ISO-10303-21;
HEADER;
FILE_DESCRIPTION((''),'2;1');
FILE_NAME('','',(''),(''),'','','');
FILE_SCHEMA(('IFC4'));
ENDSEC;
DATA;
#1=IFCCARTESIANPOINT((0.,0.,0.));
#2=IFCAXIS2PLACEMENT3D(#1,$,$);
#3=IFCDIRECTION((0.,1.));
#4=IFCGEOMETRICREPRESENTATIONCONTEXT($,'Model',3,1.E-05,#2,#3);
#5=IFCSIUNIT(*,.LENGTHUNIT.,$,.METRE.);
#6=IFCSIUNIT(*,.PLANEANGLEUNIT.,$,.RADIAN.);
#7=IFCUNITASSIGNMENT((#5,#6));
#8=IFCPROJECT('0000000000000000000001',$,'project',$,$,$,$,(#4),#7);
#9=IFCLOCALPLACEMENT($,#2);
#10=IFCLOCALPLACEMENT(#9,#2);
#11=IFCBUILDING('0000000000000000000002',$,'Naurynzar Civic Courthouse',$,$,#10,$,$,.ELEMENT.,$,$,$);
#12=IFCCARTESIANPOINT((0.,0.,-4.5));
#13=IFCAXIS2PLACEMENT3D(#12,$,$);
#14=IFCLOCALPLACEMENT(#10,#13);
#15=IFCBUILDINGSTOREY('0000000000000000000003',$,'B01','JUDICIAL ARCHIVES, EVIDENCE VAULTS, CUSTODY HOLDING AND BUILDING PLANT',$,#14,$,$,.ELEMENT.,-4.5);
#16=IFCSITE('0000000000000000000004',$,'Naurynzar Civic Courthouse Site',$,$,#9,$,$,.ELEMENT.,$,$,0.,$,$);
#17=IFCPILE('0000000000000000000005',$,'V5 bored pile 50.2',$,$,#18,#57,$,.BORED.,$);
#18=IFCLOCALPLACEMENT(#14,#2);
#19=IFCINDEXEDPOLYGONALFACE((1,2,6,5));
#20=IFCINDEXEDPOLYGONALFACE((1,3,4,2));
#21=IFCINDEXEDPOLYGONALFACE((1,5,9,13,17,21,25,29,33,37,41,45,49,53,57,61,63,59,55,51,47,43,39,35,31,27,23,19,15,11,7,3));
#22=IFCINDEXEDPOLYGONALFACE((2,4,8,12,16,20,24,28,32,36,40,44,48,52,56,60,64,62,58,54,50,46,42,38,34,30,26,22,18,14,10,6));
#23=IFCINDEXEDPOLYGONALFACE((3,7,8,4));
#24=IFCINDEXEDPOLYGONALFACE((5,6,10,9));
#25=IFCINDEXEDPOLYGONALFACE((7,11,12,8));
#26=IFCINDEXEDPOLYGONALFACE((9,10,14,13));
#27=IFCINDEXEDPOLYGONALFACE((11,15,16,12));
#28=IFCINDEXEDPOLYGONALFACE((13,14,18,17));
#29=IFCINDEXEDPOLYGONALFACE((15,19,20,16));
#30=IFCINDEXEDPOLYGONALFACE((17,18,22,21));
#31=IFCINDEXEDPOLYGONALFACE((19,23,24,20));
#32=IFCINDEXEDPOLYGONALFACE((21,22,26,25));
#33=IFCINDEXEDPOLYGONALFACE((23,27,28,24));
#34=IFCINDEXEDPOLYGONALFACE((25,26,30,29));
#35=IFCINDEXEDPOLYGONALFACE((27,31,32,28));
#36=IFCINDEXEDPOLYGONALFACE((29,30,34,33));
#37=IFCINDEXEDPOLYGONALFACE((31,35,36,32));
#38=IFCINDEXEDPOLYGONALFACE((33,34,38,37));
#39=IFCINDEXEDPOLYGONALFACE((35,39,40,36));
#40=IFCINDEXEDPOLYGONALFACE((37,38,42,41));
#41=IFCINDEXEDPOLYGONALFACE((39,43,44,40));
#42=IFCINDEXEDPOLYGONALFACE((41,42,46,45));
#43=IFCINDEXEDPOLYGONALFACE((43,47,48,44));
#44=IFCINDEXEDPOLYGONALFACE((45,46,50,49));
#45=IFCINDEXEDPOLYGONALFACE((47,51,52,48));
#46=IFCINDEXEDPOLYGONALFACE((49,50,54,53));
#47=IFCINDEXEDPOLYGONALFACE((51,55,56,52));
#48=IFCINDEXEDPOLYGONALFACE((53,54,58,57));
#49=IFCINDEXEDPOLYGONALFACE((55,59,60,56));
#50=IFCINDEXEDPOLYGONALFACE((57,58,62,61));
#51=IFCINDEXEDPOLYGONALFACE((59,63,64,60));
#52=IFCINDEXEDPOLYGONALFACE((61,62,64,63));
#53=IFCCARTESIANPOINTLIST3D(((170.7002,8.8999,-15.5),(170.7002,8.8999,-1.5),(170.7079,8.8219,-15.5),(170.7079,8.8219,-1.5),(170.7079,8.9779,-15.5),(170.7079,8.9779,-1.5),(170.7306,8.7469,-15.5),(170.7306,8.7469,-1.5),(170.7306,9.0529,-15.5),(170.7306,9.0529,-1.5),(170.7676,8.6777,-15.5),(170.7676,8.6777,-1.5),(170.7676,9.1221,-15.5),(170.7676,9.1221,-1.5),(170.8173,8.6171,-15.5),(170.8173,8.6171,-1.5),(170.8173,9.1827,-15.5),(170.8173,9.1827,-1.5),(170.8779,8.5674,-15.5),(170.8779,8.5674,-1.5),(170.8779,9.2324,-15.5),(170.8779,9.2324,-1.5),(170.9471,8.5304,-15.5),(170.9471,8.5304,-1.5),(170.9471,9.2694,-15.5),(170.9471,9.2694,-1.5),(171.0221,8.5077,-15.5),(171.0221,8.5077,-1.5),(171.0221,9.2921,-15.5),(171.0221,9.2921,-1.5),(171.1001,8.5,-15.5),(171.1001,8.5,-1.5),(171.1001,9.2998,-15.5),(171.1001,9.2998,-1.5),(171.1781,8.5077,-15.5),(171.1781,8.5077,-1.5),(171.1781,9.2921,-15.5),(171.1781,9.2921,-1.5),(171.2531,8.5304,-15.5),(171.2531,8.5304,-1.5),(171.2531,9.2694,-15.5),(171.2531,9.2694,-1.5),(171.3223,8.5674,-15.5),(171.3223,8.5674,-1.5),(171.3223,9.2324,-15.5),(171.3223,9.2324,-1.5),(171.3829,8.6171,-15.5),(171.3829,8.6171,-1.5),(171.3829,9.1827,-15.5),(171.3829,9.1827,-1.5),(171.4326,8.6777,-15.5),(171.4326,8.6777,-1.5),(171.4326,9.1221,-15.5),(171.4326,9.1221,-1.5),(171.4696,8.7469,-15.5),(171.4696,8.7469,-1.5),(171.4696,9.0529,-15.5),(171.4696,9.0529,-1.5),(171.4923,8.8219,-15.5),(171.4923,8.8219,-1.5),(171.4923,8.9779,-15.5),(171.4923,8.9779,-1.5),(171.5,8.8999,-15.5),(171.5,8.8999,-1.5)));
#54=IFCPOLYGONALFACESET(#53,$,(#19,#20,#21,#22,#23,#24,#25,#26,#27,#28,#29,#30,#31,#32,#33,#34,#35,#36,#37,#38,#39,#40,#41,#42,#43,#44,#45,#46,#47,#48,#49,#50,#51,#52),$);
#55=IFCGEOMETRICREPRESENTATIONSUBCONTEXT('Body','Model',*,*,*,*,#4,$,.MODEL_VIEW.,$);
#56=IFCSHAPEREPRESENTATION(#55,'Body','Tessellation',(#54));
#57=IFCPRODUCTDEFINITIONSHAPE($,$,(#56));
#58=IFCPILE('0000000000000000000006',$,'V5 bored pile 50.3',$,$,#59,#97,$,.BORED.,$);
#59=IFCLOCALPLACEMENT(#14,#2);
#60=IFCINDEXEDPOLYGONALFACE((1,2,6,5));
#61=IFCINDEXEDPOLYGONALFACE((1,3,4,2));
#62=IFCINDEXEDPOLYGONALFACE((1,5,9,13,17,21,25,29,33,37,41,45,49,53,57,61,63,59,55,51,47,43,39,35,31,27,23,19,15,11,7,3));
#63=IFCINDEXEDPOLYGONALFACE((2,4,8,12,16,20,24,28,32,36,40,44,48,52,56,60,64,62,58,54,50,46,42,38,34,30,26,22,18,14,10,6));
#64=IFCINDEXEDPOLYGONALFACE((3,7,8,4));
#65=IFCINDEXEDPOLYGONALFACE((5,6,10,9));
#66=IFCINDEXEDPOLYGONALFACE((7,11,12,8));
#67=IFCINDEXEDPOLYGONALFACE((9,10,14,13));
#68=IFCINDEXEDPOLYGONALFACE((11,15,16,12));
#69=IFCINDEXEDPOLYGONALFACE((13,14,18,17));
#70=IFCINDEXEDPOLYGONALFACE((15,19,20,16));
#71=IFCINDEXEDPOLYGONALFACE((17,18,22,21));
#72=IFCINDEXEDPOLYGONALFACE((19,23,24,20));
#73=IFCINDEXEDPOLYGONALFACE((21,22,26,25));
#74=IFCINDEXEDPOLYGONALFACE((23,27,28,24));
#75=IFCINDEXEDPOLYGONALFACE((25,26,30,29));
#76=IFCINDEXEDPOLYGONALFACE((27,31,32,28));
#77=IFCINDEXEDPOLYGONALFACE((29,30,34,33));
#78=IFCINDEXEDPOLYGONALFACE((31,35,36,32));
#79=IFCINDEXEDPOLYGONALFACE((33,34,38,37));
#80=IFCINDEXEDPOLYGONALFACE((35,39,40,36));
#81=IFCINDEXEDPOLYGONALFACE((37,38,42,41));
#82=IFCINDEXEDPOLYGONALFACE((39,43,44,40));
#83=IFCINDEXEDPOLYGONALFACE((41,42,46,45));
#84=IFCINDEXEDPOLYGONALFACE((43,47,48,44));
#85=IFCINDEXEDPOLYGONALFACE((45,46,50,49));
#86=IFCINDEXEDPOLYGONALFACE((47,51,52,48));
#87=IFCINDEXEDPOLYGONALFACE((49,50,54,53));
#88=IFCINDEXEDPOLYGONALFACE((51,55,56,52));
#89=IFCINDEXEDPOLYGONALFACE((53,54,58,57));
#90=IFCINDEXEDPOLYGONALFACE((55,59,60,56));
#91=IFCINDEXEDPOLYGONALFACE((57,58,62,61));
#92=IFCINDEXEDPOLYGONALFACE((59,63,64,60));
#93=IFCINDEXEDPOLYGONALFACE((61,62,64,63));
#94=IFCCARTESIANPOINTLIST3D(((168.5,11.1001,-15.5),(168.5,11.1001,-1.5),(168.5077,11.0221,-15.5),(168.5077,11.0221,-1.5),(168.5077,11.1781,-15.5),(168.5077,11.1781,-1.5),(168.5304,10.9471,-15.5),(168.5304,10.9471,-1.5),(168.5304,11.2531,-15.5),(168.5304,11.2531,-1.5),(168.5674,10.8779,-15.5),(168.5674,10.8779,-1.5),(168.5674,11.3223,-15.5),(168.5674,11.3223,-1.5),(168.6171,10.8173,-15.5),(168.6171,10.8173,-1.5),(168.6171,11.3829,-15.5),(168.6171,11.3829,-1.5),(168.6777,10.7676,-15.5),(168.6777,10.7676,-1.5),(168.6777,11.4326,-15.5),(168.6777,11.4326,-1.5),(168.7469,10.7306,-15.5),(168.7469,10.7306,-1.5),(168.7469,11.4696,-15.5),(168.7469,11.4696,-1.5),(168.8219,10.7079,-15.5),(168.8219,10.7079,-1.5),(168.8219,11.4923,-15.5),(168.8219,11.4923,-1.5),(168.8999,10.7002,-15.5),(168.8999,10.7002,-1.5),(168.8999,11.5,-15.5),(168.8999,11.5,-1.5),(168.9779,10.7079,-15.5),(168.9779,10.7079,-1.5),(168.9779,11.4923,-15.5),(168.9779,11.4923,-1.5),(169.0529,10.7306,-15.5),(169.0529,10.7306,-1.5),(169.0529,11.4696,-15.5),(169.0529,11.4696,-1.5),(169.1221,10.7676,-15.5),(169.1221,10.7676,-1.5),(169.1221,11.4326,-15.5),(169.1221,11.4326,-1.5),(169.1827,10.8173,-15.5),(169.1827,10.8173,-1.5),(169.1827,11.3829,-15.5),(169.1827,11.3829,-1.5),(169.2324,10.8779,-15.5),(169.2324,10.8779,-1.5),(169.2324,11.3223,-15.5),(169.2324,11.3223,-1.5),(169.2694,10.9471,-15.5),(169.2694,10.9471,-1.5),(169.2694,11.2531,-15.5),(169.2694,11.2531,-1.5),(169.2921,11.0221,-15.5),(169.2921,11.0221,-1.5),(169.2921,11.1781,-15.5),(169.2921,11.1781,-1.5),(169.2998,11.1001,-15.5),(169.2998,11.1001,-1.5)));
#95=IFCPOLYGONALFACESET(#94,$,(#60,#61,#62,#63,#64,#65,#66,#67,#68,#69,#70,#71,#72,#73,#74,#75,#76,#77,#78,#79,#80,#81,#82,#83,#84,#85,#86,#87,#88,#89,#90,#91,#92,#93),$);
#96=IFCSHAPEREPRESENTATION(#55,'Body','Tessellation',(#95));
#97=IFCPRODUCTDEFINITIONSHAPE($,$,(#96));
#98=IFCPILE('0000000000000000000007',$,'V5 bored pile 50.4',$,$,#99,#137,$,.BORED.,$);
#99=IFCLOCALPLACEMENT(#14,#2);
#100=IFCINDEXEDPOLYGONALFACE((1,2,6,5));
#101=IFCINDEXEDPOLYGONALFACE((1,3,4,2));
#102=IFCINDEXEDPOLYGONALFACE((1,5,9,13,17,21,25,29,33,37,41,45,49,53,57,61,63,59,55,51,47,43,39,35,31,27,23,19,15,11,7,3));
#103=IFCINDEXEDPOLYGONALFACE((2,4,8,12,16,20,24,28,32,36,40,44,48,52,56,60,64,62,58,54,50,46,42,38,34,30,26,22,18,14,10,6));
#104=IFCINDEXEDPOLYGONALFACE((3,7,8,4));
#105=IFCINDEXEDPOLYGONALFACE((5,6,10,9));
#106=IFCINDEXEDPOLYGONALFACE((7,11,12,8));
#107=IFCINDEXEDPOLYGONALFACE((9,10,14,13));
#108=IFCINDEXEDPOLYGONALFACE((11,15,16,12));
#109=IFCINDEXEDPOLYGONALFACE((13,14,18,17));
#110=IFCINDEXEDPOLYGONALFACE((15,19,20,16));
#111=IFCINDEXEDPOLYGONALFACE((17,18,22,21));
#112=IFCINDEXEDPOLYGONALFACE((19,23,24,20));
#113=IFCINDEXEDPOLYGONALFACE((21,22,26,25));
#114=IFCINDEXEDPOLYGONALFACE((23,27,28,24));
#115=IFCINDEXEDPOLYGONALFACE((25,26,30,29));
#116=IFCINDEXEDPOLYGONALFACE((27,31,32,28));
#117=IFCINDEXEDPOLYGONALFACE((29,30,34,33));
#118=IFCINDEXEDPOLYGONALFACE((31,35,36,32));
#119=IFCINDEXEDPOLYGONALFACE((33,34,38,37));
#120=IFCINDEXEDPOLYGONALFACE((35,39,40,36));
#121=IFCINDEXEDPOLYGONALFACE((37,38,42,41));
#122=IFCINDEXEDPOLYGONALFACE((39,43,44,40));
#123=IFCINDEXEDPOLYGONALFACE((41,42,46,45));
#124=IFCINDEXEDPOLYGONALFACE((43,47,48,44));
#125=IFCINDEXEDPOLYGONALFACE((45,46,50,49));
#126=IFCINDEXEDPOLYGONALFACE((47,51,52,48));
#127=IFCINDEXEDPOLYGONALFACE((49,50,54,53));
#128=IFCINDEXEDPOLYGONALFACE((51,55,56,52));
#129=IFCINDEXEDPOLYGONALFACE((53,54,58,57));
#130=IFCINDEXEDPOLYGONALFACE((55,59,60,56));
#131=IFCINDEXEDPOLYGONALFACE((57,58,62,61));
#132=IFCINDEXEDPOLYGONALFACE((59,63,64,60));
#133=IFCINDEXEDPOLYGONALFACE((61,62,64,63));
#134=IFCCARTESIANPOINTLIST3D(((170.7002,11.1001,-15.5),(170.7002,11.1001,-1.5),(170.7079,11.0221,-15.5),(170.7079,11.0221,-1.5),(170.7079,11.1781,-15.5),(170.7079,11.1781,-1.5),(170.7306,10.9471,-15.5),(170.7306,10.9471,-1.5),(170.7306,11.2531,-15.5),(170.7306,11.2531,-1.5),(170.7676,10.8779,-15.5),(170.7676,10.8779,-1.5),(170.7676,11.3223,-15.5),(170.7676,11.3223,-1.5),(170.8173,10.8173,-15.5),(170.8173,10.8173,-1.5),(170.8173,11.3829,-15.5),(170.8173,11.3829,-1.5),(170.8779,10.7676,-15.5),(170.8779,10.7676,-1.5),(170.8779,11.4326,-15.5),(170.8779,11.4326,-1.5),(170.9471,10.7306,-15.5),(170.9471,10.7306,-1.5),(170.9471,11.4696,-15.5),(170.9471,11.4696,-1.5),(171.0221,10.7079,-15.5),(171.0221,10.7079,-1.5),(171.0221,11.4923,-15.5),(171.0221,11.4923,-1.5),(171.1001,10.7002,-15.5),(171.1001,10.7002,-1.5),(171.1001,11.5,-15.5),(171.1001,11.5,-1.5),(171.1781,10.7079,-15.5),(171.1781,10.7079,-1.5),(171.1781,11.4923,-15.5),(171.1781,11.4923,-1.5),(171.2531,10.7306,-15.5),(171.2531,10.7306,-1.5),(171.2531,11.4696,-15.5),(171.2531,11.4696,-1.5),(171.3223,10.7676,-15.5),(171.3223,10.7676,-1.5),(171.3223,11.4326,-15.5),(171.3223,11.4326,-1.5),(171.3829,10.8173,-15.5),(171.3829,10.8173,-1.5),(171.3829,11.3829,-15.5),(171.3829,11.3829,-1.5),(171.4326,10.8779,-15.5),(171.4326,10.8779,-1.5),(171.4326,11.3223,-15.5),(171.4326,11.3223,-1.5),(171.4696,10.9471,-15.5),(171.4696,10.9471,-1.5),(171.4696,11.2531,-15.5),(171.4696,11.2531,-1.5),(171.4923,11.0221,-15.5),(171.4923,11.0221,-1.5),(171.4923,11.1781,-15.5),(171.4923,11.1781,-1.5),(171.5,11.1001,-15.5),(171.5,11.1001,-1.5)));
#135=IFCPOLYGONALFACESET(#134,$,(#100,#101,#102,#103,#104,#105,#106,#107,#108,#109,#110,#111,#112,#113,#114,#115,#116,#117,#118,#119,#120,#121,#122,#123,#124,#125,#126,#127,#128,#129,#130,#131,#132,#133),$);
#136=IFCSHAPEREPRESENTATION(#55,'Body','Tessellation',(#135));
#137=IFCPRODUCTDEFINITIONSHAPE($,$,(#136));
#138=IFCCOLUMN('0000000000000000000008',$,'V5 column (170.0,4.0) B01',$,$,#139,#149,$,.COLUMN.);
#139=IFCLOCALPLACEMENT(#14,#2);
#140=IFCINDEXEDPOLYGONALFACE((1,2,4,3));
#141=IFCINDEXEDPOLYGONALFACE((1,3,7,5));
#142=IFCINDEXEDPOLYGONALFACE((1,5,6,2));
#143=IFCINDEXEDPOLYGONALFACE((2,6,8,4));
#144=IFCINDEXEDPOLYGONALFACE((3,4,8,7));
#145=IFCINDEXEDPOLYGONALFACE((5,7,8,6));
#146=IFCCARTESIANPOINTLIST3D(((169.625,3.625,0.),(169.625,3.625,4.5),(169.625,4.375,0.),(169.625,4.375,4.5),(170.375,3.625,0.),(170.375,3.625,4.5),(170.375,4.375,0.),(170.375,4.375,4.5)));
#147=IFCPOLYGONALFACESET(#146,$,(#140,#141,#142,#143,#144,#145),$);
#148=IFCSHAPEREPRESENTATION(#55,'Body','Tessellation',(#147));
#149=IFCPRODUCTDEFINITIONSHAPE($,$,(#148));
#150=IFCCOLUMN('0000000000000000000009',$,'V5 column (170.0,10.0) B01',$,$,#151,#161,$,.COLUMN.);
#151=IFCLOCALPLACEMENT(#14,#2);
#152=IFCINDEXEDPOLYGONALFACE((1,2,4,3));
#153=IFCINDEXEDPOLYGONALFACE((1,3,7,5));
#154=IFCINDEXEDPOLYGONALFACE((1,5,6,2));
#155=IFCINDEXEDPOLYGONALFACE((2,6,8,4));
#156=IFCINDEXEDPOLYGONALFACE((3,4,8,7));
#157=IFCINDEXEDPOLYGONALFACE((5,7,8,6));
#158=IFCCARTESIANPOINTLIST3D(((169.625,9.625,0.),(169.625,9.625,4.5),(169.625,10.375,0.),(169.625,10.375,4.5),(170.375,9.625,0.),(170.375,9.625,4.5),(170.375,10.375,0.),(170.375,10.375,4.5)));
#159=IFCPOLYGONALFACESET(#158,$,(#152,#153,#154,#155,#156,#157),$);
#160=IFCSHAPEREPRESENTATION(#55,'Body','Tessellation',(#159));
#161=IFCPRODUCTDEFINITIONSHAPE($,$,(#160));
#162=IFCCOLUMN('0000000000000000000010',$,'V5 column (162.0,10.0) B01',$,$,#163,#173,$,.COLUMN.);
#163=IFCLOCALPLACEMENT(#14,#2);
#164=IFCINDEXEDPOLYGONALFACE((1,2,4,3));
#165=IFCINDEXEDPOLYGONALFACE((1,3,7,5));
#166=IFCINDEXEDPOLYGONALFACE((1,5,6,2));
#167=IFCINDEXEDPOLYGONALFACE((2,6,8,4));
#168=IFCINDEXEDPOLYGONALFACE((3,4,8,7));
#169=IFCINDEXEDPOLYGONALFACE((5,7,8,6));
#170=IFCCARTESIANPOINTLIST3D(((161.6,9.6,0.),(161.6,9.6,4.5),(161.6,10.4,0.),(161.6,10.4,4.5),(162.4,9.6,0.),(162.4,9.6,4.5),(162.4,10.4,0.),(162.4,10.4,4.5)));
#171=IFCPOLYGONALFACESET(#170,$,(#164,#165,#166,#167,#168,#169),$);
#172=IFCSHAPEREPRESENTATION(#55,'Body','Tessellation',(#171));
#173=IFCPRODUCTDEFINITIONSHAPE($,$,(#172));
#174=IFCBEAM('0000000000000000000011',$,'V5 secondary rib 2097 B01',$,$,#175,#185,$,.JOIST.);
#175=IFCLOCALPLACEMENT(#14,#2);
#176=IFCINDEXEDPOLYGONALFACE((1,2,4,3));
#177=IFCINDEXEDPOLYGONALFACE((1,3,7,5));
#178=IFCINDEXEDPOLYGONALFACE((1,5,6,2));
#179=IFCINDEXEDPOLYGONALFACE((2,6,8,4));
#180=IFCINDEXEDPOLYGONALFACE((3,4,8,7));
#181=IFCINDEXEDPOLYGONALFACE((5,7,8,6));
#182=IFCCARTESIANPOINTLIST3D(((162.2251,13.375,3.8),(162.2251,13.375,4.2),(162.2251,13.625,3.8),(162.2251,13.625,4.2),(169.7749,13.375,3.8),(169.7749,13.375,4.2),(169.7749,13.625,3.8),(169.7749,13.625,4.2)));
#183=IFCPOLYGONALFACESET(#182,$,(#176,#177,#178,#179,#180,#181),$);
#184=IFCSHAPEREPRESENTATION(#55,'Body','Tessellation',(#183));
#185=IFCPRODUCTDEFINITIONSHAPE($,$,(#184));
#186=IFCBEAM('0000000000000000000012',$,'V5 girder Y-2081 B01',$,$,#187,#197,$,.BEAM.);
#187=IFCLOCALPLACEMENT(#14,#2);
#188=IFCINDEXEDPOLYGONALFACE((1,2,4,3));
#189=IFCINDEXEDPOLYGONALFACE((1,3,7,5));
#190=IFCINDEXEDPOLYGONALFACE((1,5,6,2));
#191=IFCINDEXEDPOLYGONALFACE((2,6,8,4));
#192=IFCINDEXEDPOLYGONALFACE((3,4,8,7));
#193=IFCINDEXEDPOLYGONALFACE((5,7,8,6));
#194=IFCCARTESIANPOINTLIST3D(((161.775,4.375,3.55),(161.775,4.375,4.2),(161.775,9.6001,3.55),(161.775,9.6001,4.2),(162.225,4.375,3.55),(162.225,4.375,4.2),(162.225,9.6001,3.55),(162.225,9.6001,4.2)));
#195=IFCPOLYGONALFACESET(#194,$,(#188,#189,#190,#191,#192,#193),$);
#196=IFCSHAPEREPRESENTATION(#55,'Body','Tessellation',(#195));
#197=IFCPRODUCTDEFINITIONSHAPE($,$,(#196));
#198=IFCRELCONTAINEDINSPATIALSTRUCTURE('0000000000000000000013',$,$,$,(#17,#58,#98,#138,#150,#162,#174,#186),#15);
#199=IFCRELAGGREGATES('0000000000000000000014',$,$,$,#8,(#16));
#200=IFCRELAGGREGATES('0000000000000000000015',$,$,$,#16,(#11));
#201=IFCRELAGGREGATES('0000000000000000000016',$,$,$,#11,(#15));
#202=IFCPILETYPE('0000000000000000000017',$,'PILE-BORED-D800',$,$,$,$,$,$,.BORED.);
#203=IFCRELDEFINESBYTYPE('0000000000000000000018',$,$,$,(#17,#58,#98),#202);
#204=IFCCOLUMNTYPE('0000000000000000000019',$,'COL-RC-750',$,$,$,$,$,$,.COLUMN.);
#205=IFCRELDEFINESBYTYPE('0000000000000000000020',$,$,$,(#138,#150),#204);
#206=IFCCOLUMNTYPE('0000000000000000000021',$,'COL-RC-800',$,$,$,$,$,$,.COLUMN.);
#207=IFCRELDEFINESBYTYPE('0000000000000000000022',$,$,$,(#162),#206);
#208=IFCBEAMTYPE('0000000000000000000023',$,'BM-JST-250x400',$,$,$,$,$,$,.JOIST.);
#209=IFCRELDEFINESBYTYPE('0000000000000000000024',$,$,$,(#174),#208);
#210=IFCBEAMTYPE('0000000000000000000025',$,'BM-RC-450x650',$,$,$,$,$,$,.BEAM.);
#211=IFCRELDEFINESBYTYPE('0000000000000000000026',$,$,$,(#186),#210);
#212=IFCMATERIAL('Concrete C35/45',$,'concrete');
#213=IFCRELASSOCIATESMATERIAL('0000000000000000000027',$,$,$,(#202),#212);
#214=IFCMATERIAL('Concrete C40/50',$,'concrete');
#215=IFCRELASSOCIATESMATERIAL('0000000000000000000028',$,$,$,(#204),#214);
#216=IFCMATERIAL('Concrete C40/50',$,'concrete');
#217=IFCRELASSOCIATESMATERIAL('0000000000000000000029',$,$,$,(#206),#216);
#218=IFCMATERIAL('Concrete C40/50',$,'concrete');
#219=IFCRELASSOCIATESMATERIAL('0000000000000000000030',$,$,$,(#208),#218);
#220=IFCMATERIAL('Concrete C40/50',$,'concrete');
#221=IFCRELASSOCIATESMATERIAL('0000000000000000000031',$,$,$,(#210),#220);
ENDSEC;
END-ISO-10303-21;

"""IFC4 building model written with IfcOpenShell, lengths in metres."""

from ifc_helpers import new_model, si_unit, direction, frame, origin, origin_2d, place, context, subcontext, project, spatial, rectangle, circle, extrude, material, material_profile, profile_set, type_object, element, save


model = new_model("IFC4")

# Units and contexts
model_context = context("Model", 3, precision=1e-05, world=origin(), true_north=direction((0.0, 1.0)))
body_context = subcontext(model_context, "Body", "Model", "MODEL_VIEW")
ifc_project = project(units=[si_unit("LENGTHUNIT", "METRE"), si_unit("PLANEANGLEUNIT", "RADIAN")], contexts=[model_context])

# Site, building, storey
site_placement = place(None, origin())
site = spatial("IfcSite", under=ifc_project, at=site_placement, Name="Naurynzar Civic Courthouse Site", CompositionType="ELEMENT", RefElevation=0.0)
building_placement = place(site_placement, origin())
building = spatial("IfcBuilding", under=site, at=building_placement, Name="Naurynzar Civic Courthouse", CompositionType="ELEMENT")
storey_placement = place(building_placement, frame((0.0, 0.0, -4.5)))
storey = spatial("IfcBuildingStorey", under=building, at=storey_placement, Name="B01", Description="JUDICIAL ARCHIVES, EVIDENCE VAULTS, CUSTODY HOLDING AND BUILDING PLANT", CompositionType="ELEMENT", Elevation=-4.5)

# Piles
ifc_material_1 = material(Name="Concrete C35/45", Category="concrete")
ifc_material_profile_1 = material_profile(ifc_material_1, circle(Radius=0.3999, at=origin_2d()), Name="PILE D800")
ifc_profile_set_1 = profile_set([ifc_material_profile_1], Name="Concrete C35/45")
pile_type_1 = type_object("IfcPileType", Name="PILE-BORED-D800", PredefinedType="BORED", material=ifc_profile_set_1)
for number, where, z_axis, x_axis, name in (
    (1, (171.1001, 8.8999, -1.5), (0.0, 0.0, -1.0), (1.0, 0.0, 0.0), "V5 bored pile 50.2"),
    (2, (168.8999, 11.1001, -1.5), (0.0, 0.0, -1.0), (1.0, 0.0, 0.0), "V5 bored pile 50.3"),
    (3, (171.1001, 11.1001, -1.5), (0.0, 0.0, -1.0), (1.0, 0.0, 0.0), "V5 bored pile 50.4"),
):
    element("IfcPile", number, at=place(storey_placement, frame(where, z_axis=z_axis, x_axis=x_axis)), inside=storey, type_object=pile_type_1, Name=name, PredefinedType="BORED", context=body_context, shape_type="SweptSolid", body=[
        extrude(circle(Radius=0.3999, at=origin_2d()), origin(), (0.0, 0.0, 1.0), 14.0),
    ])

# Columns
ifc_material_2 = material(Name="Concrete C40/50", Category="concrete")
ifc_material_profile_2 = material_profile(ifc_material_2, rectangle(XDim=0.75, YDim=0.75, at=origin_2d()), Name="RC 750x750")
ifc_profile_set_2 = profile_set([ifc_material_profile_2], Name="Concrete C40/50")
column_type_1 = type_object("IfcColumnType", Name="COL-RC-750", PredefinedType="COLUMN", material=ifc_profile_set_2)
for number, where, z_axis, x_axis, name in (
    (4, (170.0, 4.0, 0.0), (0.0, 0.0, 1.0), (1.0, 0.0, 0.0), "V5 column (170.0,4.0) B01"),
    (5, (170.0, 10.0, 0.0), (0.0, 0.0, 1.0), (1.0, 0.0, 0.0), "V5 column (170.0,10.0) B01"),
):
    element("IfcColumn", number, at=place(storey_placement, frame(where, z_axis=z_axis, x_axis=x_axis)), inside=storey, type_object=column_type_1, Name=name, PredefinedType="COLUMN", context=body_context, shape_type="SweptSolid", body=[
        extrude(rectangle(XDim=0.75, YDim=0.75, at=origin_2d()), origin(), (0.0, 0.0, 1.0), 4.5),
    ])
ifc_material_3 = material(Name="Concrete C40/50", Category="concrete")
ifc_material_profile_3 = material_profile(ifc_material_3, rectangle(XDim=0.8, YDim=0.8, at=origin_2d()), Name="RC 800x800")
ifc_profile_set_3 = profile_set([ifc_material_profile_3], Name="Concrete C40/50")
column_type_2 = type_object("IfcColumnType", Name="COL-RC-800", PredefinedType="COLUMN", material=ifc_profile_set_3)
column_placement = place(storey_placement, frame((162.0, 10.0, 0.0), z_axis=(0.0, 0.0, 1.0), x_axis=(1.0, 0.0, 0.0)))
element("IfcColumn", 6, at=column_placement, inside=storey, type_object=column_type_2, Name="V5 column (162.0,10.0) B01", PredefinedType="COLUMN", context=body_context, shape_type="SweptSolid", body=[
    extrude(rectangle(XDim=0.8, YDim=0.8, at=origin_2d()), origin(), (0.0, 0.0, 1.0), 4.5),
])

# Beams
ifc_material_4 = material(Name="Concrete C40/50", Category="concrete")
ifc_material_profile_4 = material_profile(ifc_material_4, rectangle(XDim=0.25, YDim=0.3999, at=origin_2d()), Name="RCB 250x400")
ifc_profile_set_4 = profile_set([ifc_material_profile_4], Name="Concrete C40/50")
beam_type_1 = type_object("IfcBeamType", Name="BM-JST-250x400", PredefinedType="JOIST", material=ifc_profile_set_4)
beam_1_placement = place(storey_placement, frame((162.2251, 13.5, 4.0), z_axis=(1.0, 0.0, 0.0), x_axis=(0.0, 1.0, 0.0)))
element("IfcBeam", 7, at=beam_1_placement, inside=storey, type_object=beam_type_1, Name="V5 secondary rib 2097 B01", PredefinedType="JOIST", context=body_context, shape_type="SweptSolid", body=[
    extrude(rectangle(XDim=0.25, YDim=0.3999, at=origin_2d()), origin(), (0.0, 0.0, 1.0), 7.5498),
])
ifc_material_5 = material(Name="Concrete C40/50", Category="concrete")
ifc_material_profile_5 = material_profile(ifc_material_5, rectangle(XDim=0.45, YDim=0.6499, at=origin_2d()), Name="RCB 450x650")
ifc_profile_set_5 = profile_set([ifc_material_profile_5], Name="Concrete C40/50")
beam_type_2 = type_object("IfcBeamType", Name="BM-RC-450x650", PredefinedType="BEAM", material=ifc_profile_set_5)
beam_2_placement = place(storey_placement, frame((162.0, 4.375, 3.875), z_axis=(0.0, 1.0, 0.0), x_axis=(-1.0, 0.0, 0.0)))
element("IfcBeam", 8, at=beam_2_placement, inside=storey, type_object=beam_type_2, Name="V5 girder Y-2081 B01", PredefinedType="BEAM", context=body_context, shape_type="SweptSolid", body=[
    extrude(rectangle(XDim=0.45, YDim=0.6499, at=origin_2d()), origin(), (0.0, 0.0, 1.0), 5.2251),
])

save(model, "model.ifc")
